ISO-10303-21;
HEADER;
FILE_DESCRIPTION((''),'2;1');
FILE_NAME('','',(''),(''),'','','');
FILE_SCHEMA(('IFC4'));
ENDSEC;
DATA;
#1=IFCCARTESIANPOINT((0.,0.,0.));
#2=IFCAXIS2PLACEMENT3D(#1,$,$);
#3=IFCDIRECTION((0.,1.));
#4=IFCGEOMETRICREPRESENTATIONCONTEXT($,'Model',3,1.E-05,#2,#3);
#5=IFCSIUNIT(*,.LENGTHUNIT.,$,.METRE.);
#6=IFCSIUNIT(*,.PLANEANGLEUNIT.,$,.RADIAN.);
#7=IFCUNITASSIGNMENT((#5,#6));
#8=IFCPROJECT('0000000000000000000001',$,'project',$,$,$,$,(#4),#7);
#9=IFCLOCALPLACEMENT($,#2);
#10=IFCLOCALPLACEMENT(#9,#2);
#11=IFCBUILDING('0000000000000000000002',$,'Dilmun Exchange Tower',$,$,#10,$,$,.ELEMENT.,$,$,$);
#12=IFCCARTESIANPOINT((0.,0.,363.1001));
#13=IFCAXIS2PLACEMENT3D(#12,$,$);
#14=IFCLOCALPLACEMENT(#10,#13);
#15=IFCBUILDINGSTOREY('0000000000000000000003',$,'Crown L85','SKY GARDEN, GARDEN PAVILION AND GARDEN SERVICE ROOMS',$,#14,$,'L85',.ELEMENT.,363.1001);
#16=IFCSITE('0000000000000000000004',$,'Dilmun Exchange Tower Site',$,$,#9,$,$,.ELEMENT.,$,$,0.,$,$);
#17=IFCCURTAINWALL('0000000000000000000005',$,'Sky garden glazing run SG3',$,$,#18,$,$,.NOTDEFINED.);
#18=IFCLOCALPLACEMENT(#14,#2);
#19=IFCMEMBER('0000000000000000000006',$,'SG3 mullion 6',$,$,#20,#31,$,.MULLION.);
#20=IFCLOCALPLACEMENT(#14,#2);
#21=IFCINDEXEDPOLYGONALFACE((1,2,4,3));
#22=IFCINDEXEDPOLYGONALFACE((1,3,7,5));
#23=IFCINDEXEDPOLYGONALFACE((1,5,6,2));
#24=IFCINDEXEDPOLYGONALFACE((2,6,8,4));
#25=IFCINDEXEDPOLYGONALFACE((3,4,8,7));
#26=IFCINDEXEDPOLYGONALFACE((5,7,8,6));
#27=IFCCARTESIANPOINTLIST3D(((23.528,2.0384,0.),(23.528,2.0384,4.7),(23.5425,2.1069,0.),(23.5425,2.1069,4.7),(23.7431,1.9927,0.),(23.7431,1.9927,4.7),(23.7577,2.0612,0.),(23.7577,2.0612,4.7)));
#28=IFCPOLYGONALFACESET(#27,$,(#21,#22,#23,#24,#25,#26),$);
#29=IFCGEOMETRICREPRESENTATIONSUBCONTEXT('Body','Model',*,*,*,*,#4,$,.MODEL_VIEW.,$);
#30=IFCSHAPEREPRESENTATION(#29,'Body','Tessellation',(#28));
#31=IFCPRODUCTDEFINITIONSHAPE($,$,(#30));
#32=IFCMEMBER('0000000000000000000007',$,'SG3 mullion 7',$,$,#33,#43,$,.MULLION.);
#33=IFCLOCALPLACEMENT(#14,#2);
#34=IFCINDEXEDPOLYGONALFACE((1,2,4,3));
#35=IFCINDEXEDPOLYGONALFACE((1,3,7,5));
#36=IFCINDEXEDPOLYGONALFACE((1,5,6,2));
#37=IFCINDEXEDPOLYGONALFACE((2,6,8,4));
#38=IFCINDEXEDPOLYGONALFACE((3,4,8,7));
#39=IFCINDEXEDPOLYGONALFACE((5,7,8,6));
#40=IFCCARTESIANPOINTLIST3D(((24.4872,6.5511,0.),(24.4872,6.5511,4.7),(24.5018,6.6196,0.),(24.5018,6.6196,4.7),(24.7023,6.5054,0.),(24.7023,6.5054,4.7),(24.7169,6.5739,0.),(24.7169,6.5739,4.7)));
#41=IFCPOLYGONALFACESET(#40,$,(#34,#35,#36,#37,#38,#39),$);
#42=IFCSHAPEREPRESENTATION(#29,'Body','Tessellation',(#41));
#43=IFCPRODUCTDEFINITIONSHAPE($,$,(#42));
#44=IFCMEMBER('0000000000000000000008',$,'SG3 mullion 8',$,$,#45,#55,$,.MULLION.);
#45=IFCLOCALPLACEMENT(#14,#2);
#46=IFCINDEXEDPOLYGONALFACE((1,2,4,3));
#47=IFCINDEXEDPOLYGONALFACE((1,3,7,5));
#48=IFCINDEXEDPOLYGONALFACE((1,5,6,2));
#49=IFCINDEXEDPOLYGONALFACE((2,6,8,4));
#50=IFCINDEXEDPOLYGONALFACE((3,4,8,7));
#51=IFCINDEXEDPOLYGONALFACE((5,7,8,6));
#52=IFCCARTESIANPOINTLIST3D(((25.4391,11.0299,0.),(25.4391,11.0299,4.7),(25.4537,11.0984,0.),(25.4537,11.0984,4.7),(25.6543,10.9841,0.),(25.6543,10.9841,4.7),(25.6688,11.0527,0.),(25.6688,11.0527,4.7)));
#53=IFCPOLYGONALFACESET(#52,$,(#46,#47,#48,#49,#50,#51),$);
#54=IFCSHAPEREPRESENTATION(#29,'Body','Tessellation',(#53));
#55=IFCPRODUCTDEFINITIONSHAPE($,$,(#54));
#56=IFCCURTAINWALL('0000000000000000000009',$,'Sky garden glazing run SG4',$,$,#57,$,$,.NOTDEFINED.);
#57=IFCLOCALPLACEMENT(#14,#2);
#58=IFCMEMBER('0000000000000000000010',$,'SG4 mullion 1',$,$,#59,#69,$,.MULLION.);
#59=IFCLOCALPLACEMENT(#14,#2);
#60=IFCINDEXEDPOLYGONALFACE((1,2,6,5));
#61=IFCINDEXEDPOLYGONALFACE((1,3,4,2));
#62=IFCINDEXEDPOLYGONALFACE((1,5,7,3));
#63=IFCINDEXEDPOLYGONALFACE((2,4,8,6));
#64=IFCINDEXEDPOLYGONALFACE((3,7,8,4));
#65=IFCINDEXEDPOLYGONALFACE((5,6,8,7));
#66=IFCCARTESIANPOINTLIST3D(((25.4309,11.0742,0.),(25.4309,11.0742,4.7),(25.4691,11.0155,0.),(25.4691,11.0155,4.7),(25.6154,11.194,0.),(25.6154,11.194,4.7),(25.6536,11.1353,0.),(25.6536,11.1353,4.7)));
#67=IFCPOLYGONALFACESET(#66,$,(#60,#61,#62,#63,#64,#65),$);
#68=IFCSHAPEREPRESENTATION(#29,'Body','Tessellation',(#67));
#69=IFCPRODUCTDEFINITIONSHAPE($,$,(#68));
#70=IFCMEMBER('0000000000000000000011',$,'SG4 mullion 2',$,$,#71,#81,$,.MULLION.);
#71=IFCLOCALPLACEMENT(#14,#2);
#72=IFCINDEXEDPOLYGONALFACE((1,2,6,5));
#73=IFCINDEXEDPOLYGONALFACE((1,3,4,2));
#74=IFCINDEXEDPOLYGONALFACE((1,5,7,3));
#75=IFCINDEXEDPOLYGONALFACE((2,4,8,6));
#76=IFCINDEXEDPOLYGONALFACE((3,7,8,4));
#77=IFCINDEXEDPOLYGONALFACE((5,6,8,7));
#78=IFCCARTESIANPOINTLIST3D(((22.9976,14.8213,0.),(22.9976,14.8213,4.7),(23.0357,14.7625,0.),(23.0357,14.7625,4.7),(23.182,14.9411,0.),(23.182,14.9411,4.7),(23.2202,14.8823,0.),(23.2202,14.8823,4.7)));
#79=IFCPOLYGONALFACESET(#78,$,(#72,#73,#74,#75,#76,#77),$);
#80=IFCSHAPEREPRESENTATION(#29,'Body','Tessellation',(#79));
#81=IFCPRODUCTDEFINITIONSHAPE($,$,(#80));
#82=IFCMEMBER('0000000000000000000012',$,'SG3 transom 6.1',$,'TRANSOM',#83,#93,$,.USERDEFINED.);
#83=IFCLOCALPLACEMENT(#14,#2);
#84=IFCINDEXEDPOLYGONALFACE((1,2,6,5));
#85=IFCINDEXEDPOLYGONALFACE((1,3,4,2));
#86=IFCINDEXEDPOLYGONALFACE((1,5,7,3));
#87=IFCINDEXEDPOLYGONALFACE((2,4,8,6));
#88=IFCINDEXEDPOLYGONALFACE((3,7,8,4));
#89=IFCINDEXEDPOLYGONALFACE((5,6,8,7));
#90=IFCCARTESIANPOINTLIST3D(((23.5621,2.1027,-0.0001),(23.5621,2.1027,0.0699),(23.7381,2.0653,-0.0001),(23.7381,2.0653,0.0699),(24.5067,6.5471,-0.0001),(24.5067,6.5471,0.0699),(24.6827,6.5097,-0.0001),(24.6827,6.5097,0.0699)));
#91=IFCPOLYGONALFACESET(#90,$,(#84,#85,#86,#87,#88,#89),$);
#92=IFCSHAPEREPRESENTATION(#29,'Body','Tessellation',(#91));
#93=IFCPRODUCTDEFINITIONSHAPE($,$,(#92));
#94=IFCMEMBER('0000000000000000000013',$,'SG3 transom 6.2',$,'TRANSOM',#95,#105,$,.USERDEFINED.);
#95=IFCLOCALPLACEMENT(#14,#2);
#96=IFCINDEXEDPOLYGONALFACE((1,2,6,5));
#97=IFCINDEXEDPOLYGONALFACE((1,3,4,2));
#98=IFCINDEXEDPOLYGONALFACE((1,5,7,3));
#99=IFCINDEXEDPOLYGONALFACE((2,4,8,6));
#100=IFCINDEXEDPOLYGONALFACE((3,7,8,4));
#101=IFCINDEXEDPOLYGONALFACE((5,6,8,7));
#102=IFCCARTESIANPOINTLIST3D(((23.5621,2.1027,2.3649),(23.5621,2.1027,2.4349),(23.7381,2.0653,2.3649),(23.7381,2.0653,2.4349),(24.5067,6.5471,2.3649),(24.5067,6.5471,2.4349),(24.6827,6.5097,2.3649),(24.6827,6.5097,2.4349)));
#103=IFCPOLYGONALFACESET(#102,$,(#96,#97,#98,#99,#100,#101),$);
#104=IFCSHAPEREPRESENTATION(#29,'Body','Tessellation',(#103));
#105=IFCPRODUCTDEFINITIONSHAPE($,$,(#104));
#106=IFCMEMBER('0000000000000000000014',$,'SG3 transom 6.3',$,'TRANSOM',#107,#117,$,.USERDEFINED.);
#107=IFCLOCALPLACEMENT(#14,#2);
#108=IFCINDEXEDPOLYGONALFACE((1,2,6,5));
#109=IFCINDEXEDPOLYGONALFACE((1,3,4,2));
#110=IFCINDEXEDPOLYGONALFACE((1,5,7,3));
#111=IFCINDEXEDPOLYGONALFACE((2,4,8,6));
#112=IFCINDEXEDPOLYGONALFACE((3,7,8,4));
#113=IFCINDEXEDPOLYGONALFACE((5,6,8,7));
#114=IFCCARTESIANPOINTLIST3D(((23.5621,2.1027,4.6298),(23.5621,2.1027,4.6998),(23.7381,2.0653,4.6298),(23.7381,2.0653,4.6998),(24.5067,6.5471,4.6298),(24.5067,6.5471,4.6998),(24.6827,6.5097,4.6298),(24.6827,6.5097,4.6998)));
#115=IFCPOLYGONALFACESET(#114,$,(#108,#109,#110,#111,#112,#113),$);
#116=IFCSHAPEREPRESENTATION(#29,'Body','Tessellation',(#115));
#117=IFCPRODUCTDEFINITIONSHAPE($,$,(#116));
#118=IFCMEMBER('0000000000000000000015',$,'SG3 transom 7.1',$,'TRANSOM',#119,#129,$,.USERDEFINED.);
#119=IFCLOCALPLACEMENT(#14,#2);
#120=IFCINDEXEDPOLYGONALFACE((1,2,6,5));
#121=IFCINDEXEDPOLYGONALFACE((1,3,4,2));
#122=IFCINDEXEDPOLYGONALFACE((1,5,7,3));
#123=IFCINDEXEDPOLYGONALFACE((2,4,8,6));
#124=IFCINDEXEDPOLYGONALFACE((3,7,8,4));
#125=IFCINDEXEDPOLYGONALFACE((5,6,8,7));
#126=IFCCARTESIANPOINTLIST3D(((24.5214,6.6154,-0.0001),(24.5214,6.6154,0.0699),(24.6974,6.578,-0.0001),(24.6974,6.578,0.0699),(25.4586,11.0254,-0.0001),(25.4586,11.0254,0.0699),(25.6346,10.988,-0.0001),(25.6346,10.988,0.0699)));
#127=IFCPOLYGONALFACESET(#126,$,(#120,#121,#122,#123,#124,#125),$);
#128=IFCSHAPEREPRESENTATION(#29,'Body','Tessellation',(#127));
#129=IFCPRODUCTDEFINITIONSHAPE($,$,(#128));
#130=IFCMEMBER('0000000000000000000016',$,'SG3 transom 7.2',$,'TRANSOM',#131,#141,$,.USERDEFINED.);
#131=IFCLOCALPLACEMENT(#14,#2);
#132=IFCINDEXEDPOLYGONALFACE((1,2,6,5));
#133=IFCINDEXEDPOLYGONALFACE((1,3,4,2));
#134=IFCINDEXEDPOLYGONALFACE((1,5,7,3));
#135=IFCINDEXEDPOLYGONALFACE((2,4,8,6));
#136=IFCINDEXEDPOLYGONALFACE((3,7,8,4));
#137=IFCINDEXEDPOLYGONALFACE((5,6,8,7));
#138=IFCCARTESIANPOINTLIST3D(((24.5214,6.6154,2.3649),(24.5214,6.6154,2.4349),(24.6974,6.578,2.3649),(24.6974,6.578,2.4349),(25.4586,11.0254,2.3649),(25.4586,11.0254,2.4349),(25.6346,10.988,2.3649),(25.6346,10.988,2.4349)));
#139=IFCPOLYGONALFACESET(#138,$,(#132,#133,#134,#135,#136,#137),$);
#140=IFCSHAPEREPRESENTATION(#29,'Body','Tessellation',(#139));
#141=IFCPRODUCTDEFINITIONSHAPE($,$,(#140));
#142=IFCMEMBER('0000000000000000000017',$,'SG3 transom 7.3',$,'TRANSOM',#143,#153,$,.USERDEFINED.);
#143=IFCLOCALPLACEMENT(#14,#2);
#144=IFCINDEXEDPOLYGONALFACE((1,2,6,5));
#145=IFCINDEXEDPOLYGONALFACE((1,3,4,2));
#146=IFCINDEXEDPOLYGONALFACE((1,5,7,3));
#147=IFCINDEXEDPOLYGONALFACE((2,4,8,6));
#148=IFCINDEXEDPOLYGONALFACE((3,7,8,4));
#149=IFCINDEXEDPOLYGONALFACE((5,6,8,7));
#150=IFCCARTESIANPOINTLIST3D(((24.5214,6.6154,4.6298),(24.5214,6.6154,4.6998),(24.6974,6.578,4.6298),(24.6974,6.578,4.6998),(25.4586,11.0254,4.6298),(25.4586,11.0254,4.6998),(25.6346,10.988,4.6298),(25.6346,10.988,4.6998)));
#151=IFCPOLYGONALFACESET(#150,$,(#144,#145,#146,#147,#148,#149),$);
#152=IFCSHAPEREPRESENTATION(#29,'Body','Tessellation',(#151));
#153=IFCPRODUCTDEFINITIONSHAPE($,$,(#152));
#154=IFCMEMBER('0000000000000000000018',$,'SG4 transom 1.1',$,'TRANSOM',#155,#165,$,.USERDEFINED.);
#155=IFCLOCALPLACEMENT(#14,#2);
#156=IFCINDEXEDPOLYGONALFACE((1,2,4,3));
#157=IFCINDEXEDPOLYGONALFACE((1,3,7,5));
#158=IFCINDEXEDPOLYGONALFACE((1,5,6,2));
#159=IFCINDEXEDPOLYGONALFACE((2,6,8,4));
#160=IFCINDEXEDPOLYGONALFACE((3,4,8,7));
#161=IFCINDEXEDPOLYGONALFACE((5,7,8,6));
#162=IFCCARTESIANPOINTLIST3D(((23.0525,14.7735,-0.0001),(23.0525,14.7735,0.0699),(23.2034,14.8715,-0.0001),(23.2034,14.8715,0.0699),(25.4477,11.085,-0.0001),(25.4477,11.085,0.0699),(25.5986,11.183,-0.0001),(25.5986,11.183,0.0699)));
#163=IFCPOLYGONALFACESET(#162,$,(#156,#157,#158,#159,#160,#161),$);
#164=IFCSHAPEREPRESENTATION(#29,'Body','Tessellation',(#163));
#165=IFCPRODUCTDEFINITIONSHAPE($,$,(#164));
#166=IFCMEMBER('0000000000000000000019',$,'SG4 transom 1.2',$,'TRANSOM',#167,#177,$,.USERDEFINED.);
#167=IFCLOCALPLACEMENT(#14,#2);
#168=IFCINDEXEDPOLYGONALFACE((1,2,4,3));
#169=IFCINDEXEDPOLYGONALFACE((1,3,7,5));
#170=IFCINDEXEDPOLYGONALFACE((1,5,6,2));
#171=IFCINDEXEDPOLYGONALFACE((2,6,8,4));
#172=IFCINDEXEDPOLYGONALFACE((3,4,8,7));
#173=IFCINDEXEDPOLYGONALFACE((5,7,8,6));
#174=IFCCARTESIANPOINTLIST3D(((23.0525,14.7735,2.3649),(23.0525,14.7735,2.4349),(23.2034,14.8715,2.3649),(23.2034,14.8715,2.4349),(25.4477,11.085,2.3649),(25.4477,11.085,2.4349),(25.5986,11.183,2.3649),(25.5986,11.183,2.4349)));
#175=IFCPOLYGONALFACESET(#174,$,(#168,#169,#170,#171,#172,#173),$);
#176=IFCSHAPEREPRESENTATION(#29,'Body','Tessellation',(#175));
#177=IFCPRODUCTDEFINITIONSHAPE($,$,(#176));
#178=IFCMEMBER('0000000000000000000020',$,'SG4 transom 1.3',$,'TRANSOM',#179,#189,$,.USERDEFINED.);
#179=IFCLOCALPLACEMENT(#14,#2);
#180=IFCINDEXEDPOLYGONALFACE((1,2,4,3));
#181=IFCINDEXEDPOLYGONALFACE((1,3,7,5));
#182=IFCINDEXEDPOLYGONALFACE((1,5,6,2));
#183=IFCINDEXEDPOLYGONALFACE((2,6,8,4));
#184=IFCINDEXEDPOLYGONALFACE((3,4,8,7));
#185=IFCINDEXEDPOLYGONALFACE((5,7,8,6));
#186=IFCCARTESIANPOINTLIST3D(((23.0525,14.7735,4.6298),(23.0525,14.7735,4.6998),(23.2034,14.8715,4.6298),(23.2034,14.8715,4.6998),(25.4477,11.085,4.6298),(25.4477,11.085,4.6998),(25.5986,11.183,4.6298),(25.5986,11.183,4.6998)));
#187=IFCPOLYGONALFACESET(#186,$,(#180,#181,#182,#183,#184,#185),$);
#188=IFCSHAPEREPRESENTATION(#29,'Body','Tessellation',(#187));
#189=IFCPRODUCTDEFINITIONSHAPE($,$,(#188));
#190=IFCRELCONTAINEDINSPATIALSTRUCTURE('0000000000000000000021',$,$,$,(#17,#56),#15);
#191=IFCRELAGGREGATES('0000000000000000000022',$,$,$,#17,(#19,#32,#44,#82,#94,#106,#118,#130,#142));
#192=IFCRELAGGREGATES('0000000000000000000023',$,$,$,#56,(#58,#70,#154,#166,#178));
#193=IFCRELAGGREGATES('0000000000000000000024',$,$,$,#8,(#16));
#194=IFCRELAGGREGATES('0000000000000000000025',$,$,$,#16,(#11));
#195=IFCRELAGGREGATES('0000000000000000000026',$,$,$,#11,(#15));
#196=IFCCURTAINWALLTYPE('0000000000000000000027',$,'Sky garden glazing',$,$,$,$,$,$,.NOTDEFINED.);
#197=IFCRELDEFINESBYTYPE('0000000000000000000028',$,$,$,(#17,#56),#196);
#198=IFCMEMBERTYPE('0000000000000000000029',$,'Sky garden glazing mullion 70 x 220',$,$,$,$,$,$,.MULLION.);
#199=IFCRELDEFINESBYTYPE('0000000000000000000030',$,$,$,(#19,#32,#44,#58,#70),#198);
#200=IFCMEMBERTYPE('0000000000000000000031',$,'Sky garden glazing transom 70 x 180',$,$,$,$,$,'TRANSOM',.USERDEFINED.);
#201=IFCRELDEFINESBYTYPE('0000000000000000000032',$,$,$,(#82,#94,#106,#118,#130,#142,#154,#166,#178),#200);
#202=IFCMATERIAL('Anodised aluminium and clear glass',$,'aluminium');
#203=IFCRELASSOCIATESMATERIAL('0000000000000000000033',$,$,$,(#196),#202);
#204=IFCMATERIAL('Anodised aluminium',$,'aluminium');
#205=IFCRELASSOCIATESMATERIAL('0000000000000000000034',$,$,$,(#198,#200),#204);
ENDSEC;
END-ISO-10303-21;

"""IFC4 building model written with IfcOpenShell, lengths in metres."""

from ifc_helpers import new_model, si_unit, direction, frame, origin, origin_2d, place, context, subcontext, project, spatial, rectangle, extrude, material, material_profile, profile_set, type_object, element, aggregate, save


model = new_model("IFC4")

# Units and contexts
model_context = context("Model", 3, precision=1e-05, world=origin(), true_north=direction((0.0, 1.0)))
body_context = subcontext(model_context, "Body", "Model", "MODEL_VIEW")
ifc_project = project(units=[si_unit("LENGTHUNIT", "METRE"), si_unit("PLANEANGLEUNIT", "RADIAN")], contexts=[model_context])

# Site, building, storey
site_placement = place(None, origin())
site = spatial("IfcSite", under=ifc_project, at=site_placement, Name="Dilmun Exchange Tower Site", CompositionType="ELEMENT", RefElevation=0.0)
building_placement = place(site_placement, origin())
building = spatial("IfcBuilding", under=site, at=building_placement, Name="Dilmun Exchange Tower", CompositionType="ELEMENT")
storey_placement = place(building_placement, frame((0.0, 0.0, 363.1001)))
storey = spatial("IfcBuildingStorey", under=building, at=storey_placement, Name="Crown L85", Description="SKY GARDEN, GARDEN PAVILION AND GARDEN SERVICE ROOMS", LongName="L85", CompositionType="ELEMENT", Elevation=363.1001)

# Curtain walls, members
ifc_material_1 = material(Name="Anodised aluminium and clear glass", Category="aluminium")
curtain_wall_type = type_object("IfcCurtainWallType", Name="Sky garden glazing", PredefinedType="NOTDEFINED", material=ifc_material_1)
curtain_wall_1_placement = place(storey_placement, origin())
curtain_wall_1 = element("IfcCurtainWall", 1, at=curtain_wall_1_placement, inside=storey, type_object=curtain_wall_type, Name="Sky garden glazing run SG3", PredefinedType="NOTDEFINED")
ifc_material_2 = material(Name="Anodised aluminium", Category="aluminium")
ifc_material_profile_1 = material_profile(ifc_material_2, rectangle(XDim=0.22, YDim=0.0701, at=origin_2d()), Name="AL 70x220")
ifc_profile_set_1 = profile_set([ifc_material_profile_1], Name="Anodised aluminium")
member_type_1 = type_object("IfcMemberType", Name="Sky garden glazing mullion 70 x 220", PredefinedType="MULLION", material=ifc_profile_set_1)
member_1_placement = place(storey_placement, frame((23.6428, 2.0498, 0.0), z_axis=(0.0, 0.0, 1.0), x_axis=(-0.978147, 0.207913, 0.0)))
member_1 = element("IfcMember", 2, at=member_1_placement, type_object=member_type_1, Name="SG3 mullion 6", PredefinedType="MULLION", context=body_context, shape_type="SweptSolid", body=[
    extrude(rectangle(XDim=0.22, YDim=0.0701, at=origin_2d()), origin(), (0.0, 0.0, 1.0), 4.7),
])
member_2_placement = place(storey_placement, frame((24.6021, 6.5625, 0.0), z_axis=(0.0, 0.0, 1.0), x_axis=(-0.978147, 0.207913, 0.0)))
member_2 = element("IfcMember", 3, at=member_2_placement, type_object=member_type_1, Name="SG3 mullion 7", PredefinedType="MULLION", context=body_context, shape_type="SweptSolid", body=[
    extrude(rectangle(XDim=0.22, YDim=0.0701, at=origin_2d()), origin(), (0.0, 0.0, 1.0), 4.7),
])
member_3_placement = place(storey_placement, frame((25.554, 11.0413, 0.0), z_axis=(0.0, 0.0, 1.0), x_axis=(-0.978147, 0.207913, 0.0)))
member_3 = element("IfcMember", 4, at=member_3_placement, type_object=member_type_1, Name="SG3 mullion 8", PredefinedType="MULLION", context=body_context, shape_type="SweptSolid", body=[
    extrude(rectangle(XDim=0.22, YDim=0.0701, at=origin_2d()), origin(), (0.0, 0.0, 1.0), 4.7),
])
curtain_wall_2_placement = place(storey_placement, origin())
curtain_wall_2 = element("IfcCurtainWall", 5, at=curtain_wall_2_placement, inside=storey, type_object=curtain_wall_type, Name="Sky garden glazing run SG4", PredefinedType="NOTDEFINED")
member_4_placement = place(storey_placement, frame((25.5422, 11.1047, 0.0), z_axis=(0.0, 0.0, 1.0), x_axis=(-0.838667, -0.544644, 0.0)))
member_4 = element("IfcMember", 6, at=member_4_placement, type_object=member_type_1, Name="SG4 mullion 1", PredefinedType="MULLION", context=body_context, shape_type="SweptSolid", body=[
    extrude(rectangle(XDim=0.22, YDim=0.0701, at=origin_2d()), origin(), (0.0, 0.0, 1.0), 4.7),
])
member_5_placement = place(storey_placement, frame((23.1089, 14.8518, 0.0), z_axis=(0.0, 0.0, 1.0), x_axis=(-0.838667, -0.544644, 0.0)))
member_5 = element("IfcMember", 7, at=member_5_placement, type_object=member_type_1, Name="SG4 mullion 2", PredefinedType="MULLION", context=body_context, shape_type="SweptSolid", body=[
    extrude(rectangle(XDim=0.22, YDim=0.0701, at=origin_2d()), origin(), (0.0, 0.0, 1.0), 4.7),
])

# Members
ifc_material_profile_2 = material_profile(ifc_material_2, rectangle(XDim=0.1799, YDim=0.0701, at=origin_2d()), Name="AL 70x180")
ifc_profile_set_2 = profile_set([ifc_material_profile_2], Name="Anodised aluminium")
member_type_2 = type_object("IfcMemberType", Name="Sky garden glazing transom 70 x 180", ElementType="TRANSOM", PredefinedType="USERDEFINED", material=ifc_profile_set_2)
member_6_placement = place(storey_placement, frame((23.6501, 2.084, 0.0349), z_axis=(0.207892, 0.978152, 0.0), x_axis=(-0.978152, 0.207892, 0.0)))
member_6 = element("IfcMember", 8, at=member_6_placement, type_object=member_type_2, Name="SG3 transom 6.1", ObjectType="TRANSOM", PredefinedType="USERDEFINED", context=body_context, shape_type="SweptSolid", body=[
    extrude(rectangle(XDim=0.1799, YDim=0.0701, at=origin_2d()), origin(), (0.0, 0.0, 1.0), 4.5437),
])
member_7_placement = place(storey_placement, frame((23.6501, 2.084, 2.3999), z_axis=(0.207892, 0.978152, 0.0), x_axis=(-0.978152, 0.207892, 0.0)))
member_7 = element("IfcMember", 9, at=member_7_placement, type_object=member_type_2, Name="SG3 transom 6.2", ObjectType="TRANSOM", PredefinedType="USERDEFINED", context=body_context, shape_type="SweptSolid", body=[
    extrude(rectangle(XDim=0.1799, YDim=0.0701, at=origin_2d()), origin(), (0.0, 0.0, 1.0), 4.5437),
])
member_8_placement = place(storey_placement, frame((23.6501, 2.084, 4.6648), z_axis=(0.207892, 0.978152, 0.0), x_axis=(-0.978152, 0.207892, 0.0)))
member_8 = element("IfcMember", 10, at=member_8_placement, type_object=member_type_2, Name="SG3 transom 6.3", ObjectType="TRANSOM", PredefinedType="USERDEFINED", context=body_context, shape_type="SweptSolid", body=[
    extrude(rectangle(XDim=0.1799, YDim=0.0701, at=origin_2d()), origin(), (0.0, 0.0, 1.0), 4.5437),
])
member_9_placement = place(storey_placement, frame((24.6094, 6.5967, 0.0349), z_axis=(0.207879, 0.978154, 0.0), x_axis=(-0.978154, 0.207879, 0.0)))
member_9 = element("IfcMember", 11, at=member_9_placement, type_object=member_type_2, Name="SG3 transom 7.1", ObjectType="TRANSOM", PredefinedType="USERDEFINED", context=body_context, shape_type="SweptSolid", body=[
    extrude(rectangle(XDim=0.1799, YDim=0.0701, at=origin_2d()), origin(), (0.0, 0.0, 1.0), 4.5085),
])
member_10_placement = place(storey_placement, frame((24.6094, 6.5967, 2.3999), z_axis=(0.207879, 0.978154, 0.0), x_axis=(-0.978154, 0.207879, 0.0)))
member_10 = element("IfcMember", 12, at=member_10_placement, type_object=member_type_2, Name="SG3 transom 7.2", ObjectType="TRANSOM", PredefinedType="USERDEFINED", context=body_context, shape_type="SweptSolid", body=[
    extrude(rectangle(XDim=0.1799, YDim=0.0701, at=origin_2d()), origin(), (0.0, 0.0, 1.0), 4.5085),
])
member_11_placement = place(storey_placement, frame((24.6094, 6.5967, 4.6648), z_axis=(0.207879, 0.978154, 0.0), x_axis=(-0.978154, 0.207879, 0.0)))
member_11 = element("IfcMember", 13, at=member_11_placement, type_object=member_type_2, Name="SG3 transom 7.3", ObjectType="TRANSOM", PredefinedType="USERDEFINED", context=body_context, shape_type="SweptSolid", body=[
    extrude(rectangle(XDim=0.1799, YDim=0.0701, at=origin_2d()), origin(), (0.0, 0.0, 1.0), 4.5085),
])
member_12_placement = place(storey_placement, frame((25.5232, 11.134, 0.0349), z_axis=(-0.544629, 0.838677, 0.0), x_axis=(-0.838677, -0.544629, 0.0)))
member_12 = element("IfcMember", 14, at=member_12_placement, type_object=member_type_2, Name="SG4 transom 1.1", ObjectType="TRANSOM", PredefinedType="USERDEFINED", context=body_context, shape_type="SweptSolid", body=[
    extrude(rectangle(XDim=0.1799, YDim=0.0701, at=origin_2d()), origin(), (0.0, 0.0, 1.0), 4.3979),
])
member_13_placement = place(storey_placement, frame((25.5232, 11.134, 2.3999), z_axis=(-0.544629, 0.838677, 0.0), x_axis=(-0.838677, -0.544629, 0.0)))
member_13 = element("IfcMember", 15, at=member_13_placement, type_object=member_type_2, Name="SG4 transom 1.2", ObjectType="TRANSOM", PredefinedType="USERDEFINED", context=body_context, shape_type="SweptSolid", body=[
    extrude(rectangle(XDim=0.1799, YDim=0.0701, at=origin_2d()), origin(), (0.0, 0.0, 1.0), 4.3979),
])
member_14_placement = place(storey_placement, frame((25.5232, 11.134, 4.6648), z_axis=(-0.544629, 0.838677, 0.0), x_axis=(-0.838677, -0.544629, 0.0)))
member_14 = element("IfcMember", 16, at=member_14_placement, type_object=member_type_2, Name="SG4 transom 1.3", ObjectType="TRANSOM", PredefinedType="USERDEFINED", context=body_context, shape_type="SweptSolid", body=[
    extrude(rectangle(XDim=0.1799, YDim=0.0701, at=origin_2d()), origin(), (0.0, 0.0, 1.0), 4.3979),
])

aggregate(curtain_wall_1, [member_1, member_2, member_3, member_6, member_7, member_8, member_9, member_10, member_11])
aggregate(curtain_wall_2, [member_4, member_5, member_12, member_13, member_14])

save(model, "model.ifc")
